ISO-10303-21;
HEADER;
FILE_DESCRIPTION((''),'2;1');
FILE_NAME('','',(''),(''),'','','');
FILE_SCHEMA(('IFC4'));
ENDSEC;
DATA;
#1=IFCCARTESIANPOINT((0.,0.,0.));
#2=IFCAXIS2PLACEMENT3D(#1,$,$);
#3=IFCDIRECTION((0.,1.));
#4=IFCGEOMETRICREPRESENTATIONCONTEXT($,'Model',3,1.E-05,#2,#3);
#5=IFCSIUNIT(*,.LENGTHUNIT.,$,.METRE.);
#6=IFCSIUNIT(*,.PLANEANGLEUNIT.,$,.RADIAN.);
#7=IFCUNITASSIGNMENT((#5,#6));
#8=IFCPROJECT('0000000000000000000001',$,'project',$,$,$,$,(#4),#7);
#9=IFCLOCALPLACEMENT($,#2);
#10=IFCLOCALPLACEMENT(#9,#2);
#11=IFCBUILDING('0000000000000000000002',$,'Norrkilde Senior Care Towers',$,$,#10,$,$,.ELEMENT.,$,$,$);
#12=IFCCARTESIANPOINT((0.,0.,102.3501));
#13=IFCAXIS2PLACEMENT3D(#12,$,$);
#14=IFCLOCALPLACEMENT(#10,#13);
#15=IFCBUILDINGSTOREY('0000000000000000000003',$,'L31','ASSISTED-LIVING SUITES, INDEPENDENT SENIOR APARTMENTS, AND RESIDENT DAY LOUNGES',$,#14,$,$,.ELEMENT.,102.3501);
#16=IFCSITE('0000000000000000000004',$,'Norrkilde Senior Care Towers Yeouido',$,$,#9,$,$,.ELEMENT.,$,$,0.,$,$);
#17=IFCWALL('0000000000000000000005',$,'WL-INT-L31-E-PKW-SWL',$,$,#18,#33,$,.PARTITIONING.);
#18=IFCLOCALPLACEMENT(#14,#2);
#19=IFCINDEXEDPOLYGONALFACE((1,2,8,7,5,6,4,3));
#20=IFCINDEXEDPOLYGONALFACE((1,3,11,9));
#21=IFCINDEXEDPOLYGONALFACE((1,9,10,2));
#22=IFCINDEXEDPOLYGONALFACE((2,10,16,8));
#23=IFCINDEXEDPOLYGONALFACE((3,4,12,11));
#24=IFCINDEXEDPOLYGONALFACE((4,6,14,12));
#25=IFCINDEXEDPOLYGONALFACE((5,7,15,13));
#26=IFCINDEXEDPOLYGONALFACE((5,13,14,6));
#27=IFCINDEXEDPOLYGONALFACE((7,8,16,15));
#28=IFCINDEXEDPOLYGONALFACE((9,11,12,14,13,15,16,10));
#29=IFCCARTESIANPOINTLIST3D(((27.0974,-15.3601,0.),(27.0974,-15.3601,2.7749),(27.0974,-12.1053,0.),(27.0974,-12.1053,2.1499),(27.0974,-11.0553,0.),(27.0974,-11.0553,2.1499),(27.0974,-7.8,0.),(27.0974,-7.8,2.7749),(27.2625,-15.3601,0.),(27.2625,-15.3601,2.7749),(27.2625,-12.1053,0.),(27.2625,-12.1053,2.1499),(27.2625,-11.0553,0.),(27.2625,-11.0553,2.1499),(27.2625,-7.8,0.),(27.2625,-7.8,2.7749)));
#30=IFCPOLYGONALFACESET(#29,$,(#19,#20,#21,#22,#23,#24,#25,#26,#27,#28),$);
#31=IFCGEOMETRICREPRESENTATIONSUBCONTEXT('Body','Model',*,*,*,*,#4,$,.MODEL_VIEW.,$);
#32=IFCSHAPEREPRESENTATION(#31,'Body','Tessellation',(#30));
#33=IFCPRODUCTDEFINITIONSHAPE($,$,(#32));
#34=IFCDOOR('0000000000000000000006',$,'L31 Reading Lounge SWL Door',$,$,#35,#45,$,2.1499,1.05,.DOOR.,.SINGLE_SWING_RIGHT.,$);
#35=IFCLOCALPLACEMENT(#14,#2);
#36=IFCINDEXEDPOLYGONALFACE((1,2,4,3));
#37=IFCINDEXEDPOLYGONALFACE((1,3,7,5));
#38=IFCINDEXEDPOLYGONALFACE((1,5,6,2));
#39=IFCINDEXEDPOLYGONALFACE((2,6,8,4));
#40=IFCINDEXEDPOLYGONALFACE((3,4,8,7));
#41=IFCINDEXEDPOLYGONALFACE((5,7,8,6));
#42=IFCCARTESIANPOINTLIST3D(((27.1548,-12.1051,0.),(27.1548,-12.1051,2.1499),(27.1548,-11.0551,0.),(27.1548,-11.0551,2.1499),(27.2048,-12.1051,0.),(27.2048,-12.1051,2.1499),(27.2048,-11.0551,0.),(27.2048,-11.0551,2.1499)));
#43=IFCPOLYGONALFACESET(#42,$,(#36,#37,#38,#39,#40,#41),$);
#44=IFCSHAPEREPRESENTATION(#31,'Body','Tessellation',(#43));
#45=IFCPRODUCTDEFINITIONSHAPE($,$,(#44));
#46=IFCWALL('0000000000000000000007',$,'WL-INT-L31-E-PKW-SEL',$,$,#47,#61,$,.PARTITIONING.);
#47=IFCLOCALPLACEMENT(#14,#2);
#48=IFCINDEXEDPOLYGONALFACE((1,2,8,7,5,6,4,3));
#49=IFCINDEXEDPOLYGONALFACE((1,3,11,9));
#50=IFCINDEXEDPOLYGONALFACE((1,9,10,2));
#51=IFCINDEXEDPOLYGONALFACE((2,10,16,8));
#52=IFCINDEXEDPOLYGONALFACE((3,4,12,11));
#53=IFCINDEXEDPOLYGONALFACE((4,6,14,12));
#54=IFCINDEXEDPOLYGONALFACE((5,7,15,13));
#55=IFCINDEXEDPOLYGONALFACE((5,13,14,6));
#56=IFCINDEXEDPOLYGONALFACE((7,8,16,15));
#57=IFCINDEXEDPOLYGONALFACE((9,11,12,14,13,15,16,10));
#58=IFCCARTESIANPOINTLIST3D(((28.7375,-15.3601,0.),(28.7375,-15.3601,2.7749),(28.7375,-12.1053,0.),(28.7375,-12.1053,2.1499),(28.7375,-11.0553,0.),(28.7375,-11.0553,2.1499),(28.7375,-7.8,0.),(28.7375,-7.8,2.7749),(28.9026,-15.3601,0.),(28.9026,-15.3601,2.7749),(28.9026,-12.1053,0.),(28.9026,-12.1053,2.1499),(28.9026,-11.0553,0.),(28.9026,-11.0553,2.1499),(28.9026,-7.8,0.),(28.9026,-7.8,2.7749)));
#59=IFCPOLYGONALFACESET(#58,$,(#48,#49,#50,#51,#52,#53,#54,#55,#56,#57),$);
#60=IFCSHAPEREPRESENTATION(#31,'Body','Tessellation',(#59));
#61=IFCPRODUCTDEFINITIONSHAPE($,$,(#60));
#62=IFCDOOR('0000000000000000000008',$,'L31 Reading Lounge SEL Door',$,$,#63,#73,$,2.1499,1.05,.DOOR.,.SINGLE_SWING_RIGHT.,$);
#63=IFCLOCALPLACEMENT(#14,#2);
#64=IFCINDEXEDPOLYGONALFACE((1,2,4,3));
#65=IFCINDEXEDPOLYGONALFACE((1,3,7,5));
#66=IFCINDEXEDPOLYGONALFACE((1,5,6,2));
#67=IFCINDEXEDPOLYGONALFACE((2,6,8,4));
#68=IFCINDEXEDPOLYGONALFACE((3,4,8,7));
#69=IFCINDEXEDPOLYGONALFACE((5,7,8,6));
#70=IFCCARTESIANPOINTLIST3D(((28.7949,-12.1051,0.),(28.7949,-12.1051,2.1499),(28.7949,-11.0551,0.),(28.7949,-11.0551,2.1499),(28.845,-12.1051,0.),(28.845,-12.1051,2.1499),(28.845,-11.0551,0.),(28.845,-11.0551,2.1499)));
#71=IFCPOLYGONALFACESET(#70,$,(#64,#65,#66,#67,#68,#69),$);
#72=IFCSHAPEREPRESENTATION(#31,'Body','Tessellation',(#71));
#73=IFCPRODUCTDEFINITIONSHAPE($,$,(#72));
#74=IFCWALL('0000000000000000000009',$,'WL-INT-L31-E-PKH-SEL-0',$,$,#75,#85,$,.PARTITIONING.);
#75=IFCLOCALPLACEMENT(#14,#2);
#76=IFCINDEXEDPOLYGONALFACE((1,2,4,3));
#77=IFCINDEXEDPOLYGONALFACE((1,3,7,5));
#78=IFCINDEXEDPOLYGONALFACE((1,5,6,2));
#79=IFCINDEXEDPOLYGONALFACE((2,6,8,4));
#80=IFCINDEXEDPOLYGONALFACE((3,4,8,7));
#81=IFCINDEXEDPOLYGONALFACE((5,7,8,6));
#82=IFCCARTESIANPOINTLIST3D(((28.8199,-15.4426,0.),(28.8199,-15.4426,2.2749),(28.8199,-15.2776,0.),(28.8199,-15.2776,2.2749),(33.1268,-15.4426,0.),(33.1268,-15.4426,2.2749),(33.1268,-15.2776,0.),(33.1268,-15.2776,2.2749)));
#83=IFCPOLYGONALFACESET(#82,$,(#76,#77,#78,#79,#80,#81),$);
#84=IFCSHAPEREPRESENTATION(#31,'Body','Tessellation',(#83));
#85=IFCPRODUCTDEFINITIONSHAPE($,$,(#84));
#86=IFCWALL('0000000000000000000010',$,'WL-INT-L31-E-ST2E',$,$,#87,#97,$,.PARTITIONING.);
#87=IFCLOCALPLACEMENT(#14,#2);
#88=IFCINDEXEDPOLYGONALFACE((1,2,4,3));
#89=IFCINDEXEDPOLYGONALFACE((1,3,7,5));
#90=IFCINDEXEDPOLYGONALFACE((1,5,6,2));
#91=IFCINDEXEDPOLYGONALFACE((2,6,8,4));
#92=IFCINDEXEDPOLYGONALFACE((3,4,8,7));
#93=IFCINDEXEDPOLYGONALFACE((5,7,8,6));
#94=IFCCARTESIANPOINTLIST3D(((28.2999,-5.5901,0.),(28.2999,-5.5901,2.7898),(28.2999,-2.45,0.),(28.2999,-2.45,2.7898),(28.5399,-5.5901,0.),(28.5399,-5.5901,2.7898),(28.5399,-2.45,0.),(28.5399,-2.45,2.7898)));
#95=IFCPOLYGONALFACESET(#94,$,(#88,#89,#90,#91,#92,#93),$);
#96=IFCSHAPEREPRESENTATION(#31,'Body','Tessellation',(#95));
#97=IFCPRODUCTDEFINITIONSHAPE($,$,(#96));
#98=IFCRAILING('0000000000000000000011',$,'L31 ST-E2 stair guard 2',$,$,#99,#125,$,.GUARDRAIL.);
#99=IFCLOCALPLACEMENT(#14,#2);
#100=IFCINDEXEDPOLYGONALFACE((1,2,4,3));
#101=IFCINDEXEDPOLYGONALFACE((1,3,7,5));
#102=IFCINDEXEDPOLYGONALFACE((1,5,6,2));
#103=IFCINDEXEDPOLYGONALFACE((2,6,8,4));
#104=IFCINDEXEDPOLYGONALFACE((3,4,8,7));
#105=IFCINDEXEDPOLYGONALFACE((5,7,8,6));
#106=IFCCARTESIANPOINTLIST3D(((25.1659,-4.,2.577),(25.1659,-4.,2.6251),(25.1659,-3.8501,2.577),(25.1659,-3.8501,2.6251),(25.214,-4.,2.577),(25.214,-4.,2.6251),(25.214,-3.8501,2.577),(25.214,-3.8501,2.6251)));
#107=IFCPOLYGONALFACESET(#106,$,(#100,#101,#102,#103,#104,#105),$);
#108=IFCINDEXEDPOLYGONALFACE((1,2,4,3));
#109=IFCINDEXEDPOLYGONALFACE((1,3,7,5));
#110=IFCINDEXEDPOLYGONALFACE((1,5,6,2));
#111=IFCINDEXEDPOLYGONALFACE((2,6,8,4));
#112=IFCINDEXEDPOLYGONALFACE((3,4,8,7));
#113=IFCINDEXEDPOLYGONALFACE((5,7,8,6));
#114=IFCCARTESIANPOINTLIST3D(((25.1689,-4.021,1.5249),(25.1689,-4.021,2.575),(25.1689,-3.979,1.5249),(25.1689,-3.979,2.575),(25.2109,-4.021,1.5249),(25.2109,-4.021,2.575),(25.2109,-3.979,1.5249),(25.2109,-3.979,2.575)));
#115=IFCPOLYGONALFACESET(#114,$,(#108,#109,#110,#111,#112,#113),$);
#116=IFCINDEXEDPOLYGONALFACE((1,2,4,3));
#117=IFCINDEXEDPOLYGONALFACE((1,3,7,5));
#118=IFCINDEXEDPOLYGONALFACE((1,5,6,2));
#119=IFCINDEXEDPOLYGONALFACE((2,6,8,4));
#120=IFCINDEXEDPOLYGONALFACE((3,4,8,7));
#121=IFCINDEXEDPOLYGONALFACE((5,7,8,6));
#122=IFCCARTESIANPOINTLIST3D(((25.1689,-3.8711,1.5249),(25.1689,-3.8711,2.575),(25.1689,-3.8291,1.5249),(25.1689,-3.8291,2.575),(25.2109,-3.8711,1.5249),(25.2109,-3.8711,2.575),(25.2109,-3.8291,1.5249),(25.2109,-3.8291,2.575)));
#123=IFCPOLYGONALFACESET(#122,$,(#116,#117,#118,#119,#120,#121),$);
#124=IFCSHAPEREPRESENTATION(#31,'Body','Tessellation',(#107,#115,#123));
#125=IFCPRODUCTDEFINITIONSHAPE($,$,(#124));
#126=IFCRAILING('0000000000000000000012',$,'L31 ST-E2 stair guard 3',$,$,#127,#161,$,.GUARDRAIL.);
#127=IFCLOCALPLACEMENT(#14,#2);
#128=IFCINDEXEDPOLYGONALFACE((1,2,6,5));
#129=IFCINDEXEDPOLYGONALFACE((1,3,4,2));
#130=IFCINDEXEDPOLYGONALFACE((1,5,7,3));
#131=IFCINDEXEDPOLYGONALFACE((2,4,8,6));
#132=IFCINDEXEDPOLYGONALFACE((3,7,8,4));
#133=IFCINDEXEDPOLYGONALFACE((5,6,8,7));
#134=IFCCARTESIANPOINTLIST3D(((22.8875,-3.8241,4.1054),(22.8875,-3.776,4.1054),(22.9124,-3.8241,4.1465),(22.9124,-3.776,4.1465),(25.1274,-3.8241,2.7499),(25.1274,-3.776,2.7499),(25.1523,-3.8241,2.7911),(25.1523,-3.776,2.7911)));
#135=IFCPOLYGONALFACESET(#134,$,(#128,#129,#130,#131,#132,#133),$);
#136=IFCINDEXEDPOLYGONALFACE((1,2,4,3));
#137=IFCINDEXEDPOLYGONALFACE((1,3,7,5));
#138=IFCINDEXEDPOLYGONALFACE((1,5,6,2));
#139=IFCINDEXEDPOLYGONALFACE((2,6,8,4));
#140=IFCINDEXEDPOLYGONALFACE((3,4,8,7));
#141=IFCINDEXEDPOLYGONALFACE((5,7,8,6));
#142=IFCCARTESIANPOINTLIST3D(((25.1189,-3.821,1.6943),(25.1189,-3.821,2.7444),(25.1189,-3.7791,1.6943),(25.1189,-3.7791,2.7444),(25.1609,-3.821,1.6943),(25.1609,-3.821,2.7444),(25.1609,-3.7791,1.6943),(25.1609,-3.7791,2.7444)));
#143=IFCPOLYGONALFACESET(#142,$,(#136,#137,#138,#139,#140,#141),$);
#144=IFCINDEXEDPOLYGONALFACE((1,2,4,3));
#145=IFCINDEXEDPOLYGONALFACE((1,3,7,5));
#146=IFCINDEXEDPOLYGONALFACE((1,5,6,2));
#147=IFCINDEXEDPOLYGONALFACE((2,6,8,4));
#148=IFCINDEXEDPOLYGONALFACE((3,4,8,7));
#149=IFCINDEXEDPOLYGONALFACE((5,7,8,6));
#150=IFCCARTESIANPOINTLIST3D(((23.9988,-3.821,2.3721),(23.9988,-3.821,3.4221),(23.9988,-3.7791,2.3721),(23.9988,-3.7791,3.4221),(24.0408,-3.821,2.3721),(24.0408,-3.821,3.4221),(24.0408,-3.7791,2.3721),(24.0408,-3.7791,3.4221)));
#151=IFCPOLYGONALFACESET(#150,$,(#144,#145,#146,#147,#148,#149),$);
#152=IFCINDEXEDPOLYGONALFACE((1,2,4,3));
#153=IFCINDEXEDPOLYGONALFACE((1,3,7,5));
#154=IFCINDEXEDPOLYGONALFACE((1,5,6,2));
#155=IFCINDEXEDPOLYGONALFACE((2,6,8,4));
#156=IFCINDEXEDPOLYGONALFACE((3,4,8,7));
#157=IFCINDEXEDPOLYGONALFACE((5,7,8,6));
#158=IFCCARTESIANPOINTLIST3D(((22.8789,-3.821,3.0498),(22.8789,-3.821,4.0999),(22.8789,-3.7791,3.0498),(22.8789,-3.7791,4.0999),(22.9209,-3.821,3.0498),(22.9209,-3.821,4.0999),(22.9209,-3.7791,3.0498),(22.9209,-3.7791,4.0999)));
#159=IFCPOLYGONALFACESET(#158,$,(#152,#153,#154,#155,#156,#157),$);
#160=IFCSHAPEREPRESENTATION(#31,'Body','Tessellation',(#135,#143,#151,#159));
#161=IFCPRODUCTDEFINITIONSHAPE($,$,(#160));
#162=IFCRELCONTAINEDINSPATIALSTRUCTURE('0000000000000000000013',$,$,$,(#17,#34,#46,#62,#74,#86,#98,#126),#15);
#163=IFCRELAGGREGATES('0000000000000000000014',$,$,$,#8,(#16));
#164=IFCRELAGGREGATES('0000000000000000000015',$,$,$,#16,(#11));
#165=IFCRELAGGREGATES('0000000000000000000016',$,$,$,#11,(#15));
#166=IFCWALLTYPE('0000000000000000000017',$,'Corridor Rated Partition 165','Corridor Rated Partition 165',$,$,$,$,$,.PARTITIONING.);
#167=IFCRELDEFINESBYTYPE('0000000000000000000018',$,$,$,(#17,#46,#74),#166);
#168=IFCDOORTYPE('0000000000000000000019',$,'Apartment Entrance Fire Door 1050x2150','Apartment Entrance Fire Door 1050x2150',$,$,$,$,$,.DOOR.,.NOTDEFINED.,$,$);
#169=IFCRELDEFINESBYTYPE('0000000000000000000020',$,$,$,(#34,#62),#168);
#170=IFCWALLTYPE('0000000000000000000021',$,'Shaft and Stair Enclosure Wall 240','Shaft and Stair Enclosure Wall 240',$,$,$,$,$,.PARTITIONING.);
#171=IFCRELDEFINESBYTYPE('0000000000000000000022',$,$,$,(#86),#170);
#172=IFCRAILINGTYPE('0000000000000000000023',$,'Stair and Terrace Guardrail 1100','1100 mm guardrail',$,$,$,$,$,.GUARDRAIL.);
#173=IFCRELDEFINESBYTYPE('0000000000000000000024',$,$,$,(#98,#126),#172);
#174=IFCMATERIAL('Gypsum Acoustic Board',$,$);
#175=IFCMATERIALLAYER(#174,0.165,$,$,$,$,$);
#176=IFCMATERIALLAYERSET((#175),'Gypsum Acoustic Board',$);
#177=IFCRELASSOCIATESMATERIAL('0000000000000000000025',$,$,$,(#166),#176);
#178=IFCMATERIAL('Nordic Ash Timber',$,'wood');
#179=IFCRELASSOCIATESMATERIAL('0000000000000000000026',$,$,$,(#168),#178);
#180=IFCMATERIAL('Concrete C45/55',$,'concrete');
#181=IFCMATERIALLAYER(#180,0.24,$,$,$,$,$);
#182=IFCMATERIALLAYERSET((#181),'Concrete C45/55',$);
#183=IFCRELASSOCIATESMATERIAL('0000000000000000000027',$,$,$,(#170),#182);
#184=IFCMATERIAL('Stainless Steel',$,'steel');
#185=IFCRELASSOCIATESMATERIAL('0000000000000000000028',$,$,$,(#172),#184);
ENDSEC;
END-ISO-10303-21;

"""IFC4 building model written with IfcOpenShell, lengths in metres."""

from ifc_helpers import new_model, si_unit, direction, frame, frame_2d, origin, origin_2d, place, context, subcontext, project, spatial, rectangle, extrude, source, transform, mapped, material, layer, layer_set, type_object, type_shapes, element, fill, save


model = new_model("IFC4")

# Units and contexts
model_context = context("Model", 3, precision=1e-05, world=origin(), true_north=direction((0.0, 1.0)))
body_context = subcontext(model_context, "Body", "Model", "MODEL_VIEW")
ifc_project = project(units=[si_unit("LENGTHUNIT", "METRE"), si_unit("PLANEANGLEUNIT", "RADIAN")], contexts=[model_context])

# Site, building, storey
site_placement = place(None, origin())
site = spatial("IfcSite", under=ifc_project, at=site_placement, Name="Norrkilde Senior Care Towers Yeouido", CompositionType="ELEMENT", RefElevation=0.0)
building_placement = place(site_placement, origin())
building = spatial("IfcBuilding", under=site, at=building_placement, Name="Norrkilde Senior Care Towers", CompositionType="ELEMENT")
storey_placement = place(building_placement, frame((0.0, 0.0, 102.3501)))
storey = spatial("IfcBuildingStorey", under=building, at=storey_placement, Name="L31", Description="ASSISTED-LIVING SUITES, INDEPENDENT SENIOR APARTMENTS, AND RESIDENT DAY LOUNGES", CompositionType="ELEMENT", Elevation=102.3501)

# Shared definitions
ifc_material_1 = material(Name="Concrete C45/55", Category="concrete")

# Shared definitions
ifc_material_2 = material(Name="Gypsum Acoustic Board")
ifc_layer_1 = layer(ifc_material_2, 0.165)
ifc_layer_set_1 = layer_set([ifc_layer_1], Name="Gypsum Acoustic Board")
wall_type_1 = type_object("IfcWallType", Name="Corridor Rated Partition 165", Description="Corridor Rated Partition 165", PredefinedType="PARTITIONING", material=ifc_layer_set_1)
ifc_material_3 = material(Name="Nordic Ash Timber", Category="wood")
door_type = type_object("IfcDoorType", Name="Apartment Entrance Fire Door 1050x2150", Description="Apartment Entrance Fire Door 1050x2150", OperationType="NOTDEFINED", PredefinedType="DOOR", material=ifc_material_3)
shared_shape_1 = source(origin(), body_context, "Body", "SweptSolid", [
    extrude(rectangle(XDim=1.05, YDim=2.1499, at=frame_2d((0.5249, 1.075))), frame((0.0, 0.0249, 0.0), z_axis=(0.0, -1.0, 0.0), x_axis=(1.0, 0.0, 0.0)), (0.0, 0.0, 1.0), 0.05),
])
type_shapes(door_type, [shared_shape_1])

# Walls, openings, doors
shared_shape_2 = source(origin(), body_context, "Body", "SweptSolid", [
    extrude(rectangle(XDim=7.5601, YDim=0.165, at=frame_2d((3.78, 0.0))), origin(), (0.0, 0.0, 1.0), 2.7749),
])
wall_1_placement = place(storey_placement, frame((27.1799, -15.3601, 0.0), z_axis=(0.0, 0.0, 1.0), x_axis=(0.0, 1.0, 0.0)))
wall_1 = element("IfcWall", 1, at=wall_1_placement, inside=storey, type_object=wall_type_1, Name="WL-INT-L31-E-PKW-SWL", PredefinedType="PARTITIONING", context=body_context, shape_type="MappedRepresentation", body=[
    mapped(shared_shape_2, transform((0.0, 0.0, 0.0), x_axis=(1.0, 0.0, 0.0), y_axis=(0.0, 1.0, 0.0), z_axis=(0.0, 0.0, 1.0), scale=1.0)),
])
opening_1_placement = place(wall_1_placement, frame((3.2549, 0.0, 0.0)))
opening_1 = element("IfcOpeningElement", 2, at=opening_1_placement, cuts=wall_1, PredefinedType="OPENING", context=body_context, shape_type="SweptSolid", body=[
    extrude(rectangle(XDim=1.05, YDim=2.1499, at=frame_2d((0.5249, 1.075))), frame((0.0, 0.0925, 0.0), z_axis=(0.0, -1.0, 0.0), x_axis=(1.0, 0.0, 0.0)), (0.0, 0.0, 1.0), 0.1851),
])
door_1_placement = place(opening_1_placement, frame((1.05, 0.0, 0.0), z_axis=(0.0, 0.0, 1.0), x_axis=(-1.0, 0.0, 0.0)))
door_1 = element("IfcDoor", 3, at=door_1_placement, inside=storey, type_object=door_type, Name="L31 Reading Lounge SWL Door", OperationType="SINGLE_SWING_RIGHT", OverallHeight=2.1499, OverallWidth=1.05, PredefinedType="DOOR", context=body_context, shape_type="MappedRepresentation", body=[
    mapped(shared_shape_1, transform((0.0, 0.0, 0.0), x_axis=(1.0, 0.0, 0.0), y_axis=(0.0, 1.0, 0.0), z_axis=(0.0, 0.0, 1.0), scale=1.0)),
])
fill(opening_1, door_1)
wall_2_placement = place(storey_placement, frame((28.8201, -15.3601, 0.0), z_axis=(0.0, 0.0, 1.0), x_axis=(0.0, 1.0, 0.0)))
wall_2 = element("IfcWall", 4, at=wall_2_placement, inside=storey, type_object=wall_type_1, Name="WL-INT-L31-E-PKW-SEL", PredefinedType="PARTITIONING", context=body_context, shape_type="MappedRepresentation", body=[
    mapped(shared_shape_2, transform((0.0, 0.0, 0.0), x_axis=(1.0, 0.0, 0.0), y_axis=(0.0, 1.0, 0.0), z_axis=(0.0, 0.0, 1.0), scale=1.0)),
])
opening_2_placement = place(wall_2_placement, frame((3.2549, 0.0, 0.0)))
opening_2 = element("IfcOpeningElement", 5, at=opening_2_placement, cuts=wall_2, PredefinedType="OPENING", context=body_context, shape_type="SweptSolid", body=[
    extrude(rectangle(XDim=1.05, YDim=2.1499, at=frame_2d((0.5249, 1.075))), frame((0.0, 0.0925, 0.0), z_axis=(0.0, -1.0, 0.0), x_axis=(1.0, 0.0, 0.0)), (0.0, 0.0, 1.0), 0.1851),
])
door_2_placement = place(opening_2_placement, frame((1.05, 0.0, 0.0), z_axis=(0.0, 0.0, 1.0), x_axis=(-1.0, 0.0, 0.0)))
door_2 = element("IfcDoor", 6, at=door_2_placement, inside=storey, type_object=door_type, Name="L31 Reading Lounge SEL Door", OperationType="SINGLE_SWING_RIGHT", OverallHeight=2.1499, OverallWidth=1.05, PredefinedType="DOOR", context=body_context, shape_type="MappedRepresentation", body=[
    mapped(shared_shape_1, transform((0.0, 0.0, 0.0), x_axis=(1.0, 0.0, 0.0), y_axis=(0.0, 1.0, 0.0), z_axis=(0.0, 0.0, 1.0), scale=1.0)),
])
fill(opening_2, door_2)

# Walls
shared_shape_3 = source(origin(), body_context, "Body", "SweptSolid", [
    extrude(rectangle(XDim=4.3069, YDim=0.165, at=frame_2d((2.1533, 0.0))), origin(), (0.0, 0.0, 1.0), 2.2749),
])
wall_3_placement = place(storey_placement, frame((28.8201, -15.3601, 0.0), z_axis=(0.0, 0.0, 1.0), x_axis=(1.0, 0.0, 0.0)))
element("IfcWall", 7, at=wall_3_placement, inside=storey, type_object=wall_type_1, Name="WL-INT-L31-E-PKH-SEL-0", PredefinedType="PARTITIONING", context=body_context, shape_type="MappedRepresentation", body=[
    mapped(shared_shape_3, transform((0.0, 0.0, 0.0), x_axis=(1.0, 0.0, 0.0), y_axis=(0.0, 1.0, 0.0), z_axis=(0.0, 0.0, 1.0), scale=1.0)),
])
ifc_layer_2 = layer(ifc_material_1, 0.24)
ifc_layer_set_2 = layer_set([ifc_layer_2], Name="Concrete C45/55")
wall_type_2 = type_object("IfcWallType", Name="Shaft and Stair Enclosure Wall 240", Description="Shaft and Stair Enclosure Wall 240", PredefinedType="PARTITIONING", material=ifc_layer_set_2)
shared_shape_4 = source(origin(), body_context, "Body", "SweptSolid", [
    extrude(rectangle(XDim=3.1401, YDim=0.24, at=frame_2d((1.5701, 0.0))), origin(), (0.0, 0.0, 1.0), 2.7898),
])
type_shapes(wall_type_2, [shared_shape_4])
wall_4_placement = place(storey_placement, frame((28.4199, -5.5901, 0.0), z_axis=(0.0, 0.0, 1.0), x_axis=(0.0, 1.0, 0.0)))
element("IfcWall", 8, at=wall_4_placement, inside=storey, type_object=wall_type_2, Name="WL-INT-L31-E-ST2E", PredefinedType="PARTITIONING", context=body_context, shape_type="MappedRepresentation", body=[
    mapped(shared_shape_4, transform((0.0, 0.0, 0.0), x_axis=(1.0, 0.0, 0.0), y_axis=(0.0, 1.0, 0.0), z_axis=(0.0, 0.0, 1.0), scale=1.0)),
])

# Railings
ifc_material_4 = material(Name="Stainless Steel", Category="steel")
railing_type = type_object("IfcRailingType", Name="Stair and Terrace Guardrail 1100", Description="1100 mm guardrail", PredefinedType="GUARDRAIL", material=ifc_material_4)
railing_1_placement = place(storey_placement, frame((25.1899, -4.0, 1.5249)))
element("IfcRailing", 9, at=railing_1_placement, inside=storey, type_object=railing_type, Name="L31 ST-E2 stair guard 2", PredefinedType="GUARDRAIL", context=body_context, shape_type="SweptSolid", body=[
    extrude(rectangle(XDim=0.0481, YDim=0.0481, at=origin_2d()), frame((0.0, 0.0, 1.0762), z_axis=(0.0, 1.0, 0.0), x_axis=(-1.0, 0.0, 0.0)), (0.0, 0.0, 1.0), 0.1499),
    extrude(rectangle(XDim=0.042, YDim=0.042, at=origin_2d()), origin(), (0.0, 0.0, 1.0), 1.05),
    extrude(rectangle(XDim=0.042, YDim=0.042, at=origin_2d()), frame((0.0, 0.1499, 0.0)), (0.0, 0.0, 1.0), 1.05),
])
railing_2_placement = place(storey_placement, frame((25.1399, -3.8, 1.6943)))
element("IfcRailing", 10, at=railing_2_placement, inside=storey, type_object=railing_type, Name="L31 ST-E2 stair guard 3", PredefinedType="GUARDRAIL", context=body_context, shape_type="SweptSolid", body=[
    extrude(rectangle(XDim=0.0481, YDim=0.0481, at=origin_2d()), frame((0.0, 0.0, 1.0762), z_axis=(-0.855553, 0.0, 0.517715), x_axis=(0.0, -1.0, 0.0)), (0.0, 0.0, 1.0), 2.6182),
    extrude(rectangle(XDim=0.042, YDim=0.042, at=origin_2d()), origin(), (0.0, 0.0, 1.0), 1.05),
    extrude(rectangle(XDim=0.042, YDim=0.042, at=origin_2d()), frame((-1.1201, 0.0, 0.6777)), (0.0, 0.0, 1.0), 1.05),
    extrude(rectangle(XDim=0.042, YDim=0.042, at=origin_2d()), frame((-2.24, 0.0, 1.3555)), (0.0, 0.0, 1.0), 1.05),
])

save(model, "model.ifc")
